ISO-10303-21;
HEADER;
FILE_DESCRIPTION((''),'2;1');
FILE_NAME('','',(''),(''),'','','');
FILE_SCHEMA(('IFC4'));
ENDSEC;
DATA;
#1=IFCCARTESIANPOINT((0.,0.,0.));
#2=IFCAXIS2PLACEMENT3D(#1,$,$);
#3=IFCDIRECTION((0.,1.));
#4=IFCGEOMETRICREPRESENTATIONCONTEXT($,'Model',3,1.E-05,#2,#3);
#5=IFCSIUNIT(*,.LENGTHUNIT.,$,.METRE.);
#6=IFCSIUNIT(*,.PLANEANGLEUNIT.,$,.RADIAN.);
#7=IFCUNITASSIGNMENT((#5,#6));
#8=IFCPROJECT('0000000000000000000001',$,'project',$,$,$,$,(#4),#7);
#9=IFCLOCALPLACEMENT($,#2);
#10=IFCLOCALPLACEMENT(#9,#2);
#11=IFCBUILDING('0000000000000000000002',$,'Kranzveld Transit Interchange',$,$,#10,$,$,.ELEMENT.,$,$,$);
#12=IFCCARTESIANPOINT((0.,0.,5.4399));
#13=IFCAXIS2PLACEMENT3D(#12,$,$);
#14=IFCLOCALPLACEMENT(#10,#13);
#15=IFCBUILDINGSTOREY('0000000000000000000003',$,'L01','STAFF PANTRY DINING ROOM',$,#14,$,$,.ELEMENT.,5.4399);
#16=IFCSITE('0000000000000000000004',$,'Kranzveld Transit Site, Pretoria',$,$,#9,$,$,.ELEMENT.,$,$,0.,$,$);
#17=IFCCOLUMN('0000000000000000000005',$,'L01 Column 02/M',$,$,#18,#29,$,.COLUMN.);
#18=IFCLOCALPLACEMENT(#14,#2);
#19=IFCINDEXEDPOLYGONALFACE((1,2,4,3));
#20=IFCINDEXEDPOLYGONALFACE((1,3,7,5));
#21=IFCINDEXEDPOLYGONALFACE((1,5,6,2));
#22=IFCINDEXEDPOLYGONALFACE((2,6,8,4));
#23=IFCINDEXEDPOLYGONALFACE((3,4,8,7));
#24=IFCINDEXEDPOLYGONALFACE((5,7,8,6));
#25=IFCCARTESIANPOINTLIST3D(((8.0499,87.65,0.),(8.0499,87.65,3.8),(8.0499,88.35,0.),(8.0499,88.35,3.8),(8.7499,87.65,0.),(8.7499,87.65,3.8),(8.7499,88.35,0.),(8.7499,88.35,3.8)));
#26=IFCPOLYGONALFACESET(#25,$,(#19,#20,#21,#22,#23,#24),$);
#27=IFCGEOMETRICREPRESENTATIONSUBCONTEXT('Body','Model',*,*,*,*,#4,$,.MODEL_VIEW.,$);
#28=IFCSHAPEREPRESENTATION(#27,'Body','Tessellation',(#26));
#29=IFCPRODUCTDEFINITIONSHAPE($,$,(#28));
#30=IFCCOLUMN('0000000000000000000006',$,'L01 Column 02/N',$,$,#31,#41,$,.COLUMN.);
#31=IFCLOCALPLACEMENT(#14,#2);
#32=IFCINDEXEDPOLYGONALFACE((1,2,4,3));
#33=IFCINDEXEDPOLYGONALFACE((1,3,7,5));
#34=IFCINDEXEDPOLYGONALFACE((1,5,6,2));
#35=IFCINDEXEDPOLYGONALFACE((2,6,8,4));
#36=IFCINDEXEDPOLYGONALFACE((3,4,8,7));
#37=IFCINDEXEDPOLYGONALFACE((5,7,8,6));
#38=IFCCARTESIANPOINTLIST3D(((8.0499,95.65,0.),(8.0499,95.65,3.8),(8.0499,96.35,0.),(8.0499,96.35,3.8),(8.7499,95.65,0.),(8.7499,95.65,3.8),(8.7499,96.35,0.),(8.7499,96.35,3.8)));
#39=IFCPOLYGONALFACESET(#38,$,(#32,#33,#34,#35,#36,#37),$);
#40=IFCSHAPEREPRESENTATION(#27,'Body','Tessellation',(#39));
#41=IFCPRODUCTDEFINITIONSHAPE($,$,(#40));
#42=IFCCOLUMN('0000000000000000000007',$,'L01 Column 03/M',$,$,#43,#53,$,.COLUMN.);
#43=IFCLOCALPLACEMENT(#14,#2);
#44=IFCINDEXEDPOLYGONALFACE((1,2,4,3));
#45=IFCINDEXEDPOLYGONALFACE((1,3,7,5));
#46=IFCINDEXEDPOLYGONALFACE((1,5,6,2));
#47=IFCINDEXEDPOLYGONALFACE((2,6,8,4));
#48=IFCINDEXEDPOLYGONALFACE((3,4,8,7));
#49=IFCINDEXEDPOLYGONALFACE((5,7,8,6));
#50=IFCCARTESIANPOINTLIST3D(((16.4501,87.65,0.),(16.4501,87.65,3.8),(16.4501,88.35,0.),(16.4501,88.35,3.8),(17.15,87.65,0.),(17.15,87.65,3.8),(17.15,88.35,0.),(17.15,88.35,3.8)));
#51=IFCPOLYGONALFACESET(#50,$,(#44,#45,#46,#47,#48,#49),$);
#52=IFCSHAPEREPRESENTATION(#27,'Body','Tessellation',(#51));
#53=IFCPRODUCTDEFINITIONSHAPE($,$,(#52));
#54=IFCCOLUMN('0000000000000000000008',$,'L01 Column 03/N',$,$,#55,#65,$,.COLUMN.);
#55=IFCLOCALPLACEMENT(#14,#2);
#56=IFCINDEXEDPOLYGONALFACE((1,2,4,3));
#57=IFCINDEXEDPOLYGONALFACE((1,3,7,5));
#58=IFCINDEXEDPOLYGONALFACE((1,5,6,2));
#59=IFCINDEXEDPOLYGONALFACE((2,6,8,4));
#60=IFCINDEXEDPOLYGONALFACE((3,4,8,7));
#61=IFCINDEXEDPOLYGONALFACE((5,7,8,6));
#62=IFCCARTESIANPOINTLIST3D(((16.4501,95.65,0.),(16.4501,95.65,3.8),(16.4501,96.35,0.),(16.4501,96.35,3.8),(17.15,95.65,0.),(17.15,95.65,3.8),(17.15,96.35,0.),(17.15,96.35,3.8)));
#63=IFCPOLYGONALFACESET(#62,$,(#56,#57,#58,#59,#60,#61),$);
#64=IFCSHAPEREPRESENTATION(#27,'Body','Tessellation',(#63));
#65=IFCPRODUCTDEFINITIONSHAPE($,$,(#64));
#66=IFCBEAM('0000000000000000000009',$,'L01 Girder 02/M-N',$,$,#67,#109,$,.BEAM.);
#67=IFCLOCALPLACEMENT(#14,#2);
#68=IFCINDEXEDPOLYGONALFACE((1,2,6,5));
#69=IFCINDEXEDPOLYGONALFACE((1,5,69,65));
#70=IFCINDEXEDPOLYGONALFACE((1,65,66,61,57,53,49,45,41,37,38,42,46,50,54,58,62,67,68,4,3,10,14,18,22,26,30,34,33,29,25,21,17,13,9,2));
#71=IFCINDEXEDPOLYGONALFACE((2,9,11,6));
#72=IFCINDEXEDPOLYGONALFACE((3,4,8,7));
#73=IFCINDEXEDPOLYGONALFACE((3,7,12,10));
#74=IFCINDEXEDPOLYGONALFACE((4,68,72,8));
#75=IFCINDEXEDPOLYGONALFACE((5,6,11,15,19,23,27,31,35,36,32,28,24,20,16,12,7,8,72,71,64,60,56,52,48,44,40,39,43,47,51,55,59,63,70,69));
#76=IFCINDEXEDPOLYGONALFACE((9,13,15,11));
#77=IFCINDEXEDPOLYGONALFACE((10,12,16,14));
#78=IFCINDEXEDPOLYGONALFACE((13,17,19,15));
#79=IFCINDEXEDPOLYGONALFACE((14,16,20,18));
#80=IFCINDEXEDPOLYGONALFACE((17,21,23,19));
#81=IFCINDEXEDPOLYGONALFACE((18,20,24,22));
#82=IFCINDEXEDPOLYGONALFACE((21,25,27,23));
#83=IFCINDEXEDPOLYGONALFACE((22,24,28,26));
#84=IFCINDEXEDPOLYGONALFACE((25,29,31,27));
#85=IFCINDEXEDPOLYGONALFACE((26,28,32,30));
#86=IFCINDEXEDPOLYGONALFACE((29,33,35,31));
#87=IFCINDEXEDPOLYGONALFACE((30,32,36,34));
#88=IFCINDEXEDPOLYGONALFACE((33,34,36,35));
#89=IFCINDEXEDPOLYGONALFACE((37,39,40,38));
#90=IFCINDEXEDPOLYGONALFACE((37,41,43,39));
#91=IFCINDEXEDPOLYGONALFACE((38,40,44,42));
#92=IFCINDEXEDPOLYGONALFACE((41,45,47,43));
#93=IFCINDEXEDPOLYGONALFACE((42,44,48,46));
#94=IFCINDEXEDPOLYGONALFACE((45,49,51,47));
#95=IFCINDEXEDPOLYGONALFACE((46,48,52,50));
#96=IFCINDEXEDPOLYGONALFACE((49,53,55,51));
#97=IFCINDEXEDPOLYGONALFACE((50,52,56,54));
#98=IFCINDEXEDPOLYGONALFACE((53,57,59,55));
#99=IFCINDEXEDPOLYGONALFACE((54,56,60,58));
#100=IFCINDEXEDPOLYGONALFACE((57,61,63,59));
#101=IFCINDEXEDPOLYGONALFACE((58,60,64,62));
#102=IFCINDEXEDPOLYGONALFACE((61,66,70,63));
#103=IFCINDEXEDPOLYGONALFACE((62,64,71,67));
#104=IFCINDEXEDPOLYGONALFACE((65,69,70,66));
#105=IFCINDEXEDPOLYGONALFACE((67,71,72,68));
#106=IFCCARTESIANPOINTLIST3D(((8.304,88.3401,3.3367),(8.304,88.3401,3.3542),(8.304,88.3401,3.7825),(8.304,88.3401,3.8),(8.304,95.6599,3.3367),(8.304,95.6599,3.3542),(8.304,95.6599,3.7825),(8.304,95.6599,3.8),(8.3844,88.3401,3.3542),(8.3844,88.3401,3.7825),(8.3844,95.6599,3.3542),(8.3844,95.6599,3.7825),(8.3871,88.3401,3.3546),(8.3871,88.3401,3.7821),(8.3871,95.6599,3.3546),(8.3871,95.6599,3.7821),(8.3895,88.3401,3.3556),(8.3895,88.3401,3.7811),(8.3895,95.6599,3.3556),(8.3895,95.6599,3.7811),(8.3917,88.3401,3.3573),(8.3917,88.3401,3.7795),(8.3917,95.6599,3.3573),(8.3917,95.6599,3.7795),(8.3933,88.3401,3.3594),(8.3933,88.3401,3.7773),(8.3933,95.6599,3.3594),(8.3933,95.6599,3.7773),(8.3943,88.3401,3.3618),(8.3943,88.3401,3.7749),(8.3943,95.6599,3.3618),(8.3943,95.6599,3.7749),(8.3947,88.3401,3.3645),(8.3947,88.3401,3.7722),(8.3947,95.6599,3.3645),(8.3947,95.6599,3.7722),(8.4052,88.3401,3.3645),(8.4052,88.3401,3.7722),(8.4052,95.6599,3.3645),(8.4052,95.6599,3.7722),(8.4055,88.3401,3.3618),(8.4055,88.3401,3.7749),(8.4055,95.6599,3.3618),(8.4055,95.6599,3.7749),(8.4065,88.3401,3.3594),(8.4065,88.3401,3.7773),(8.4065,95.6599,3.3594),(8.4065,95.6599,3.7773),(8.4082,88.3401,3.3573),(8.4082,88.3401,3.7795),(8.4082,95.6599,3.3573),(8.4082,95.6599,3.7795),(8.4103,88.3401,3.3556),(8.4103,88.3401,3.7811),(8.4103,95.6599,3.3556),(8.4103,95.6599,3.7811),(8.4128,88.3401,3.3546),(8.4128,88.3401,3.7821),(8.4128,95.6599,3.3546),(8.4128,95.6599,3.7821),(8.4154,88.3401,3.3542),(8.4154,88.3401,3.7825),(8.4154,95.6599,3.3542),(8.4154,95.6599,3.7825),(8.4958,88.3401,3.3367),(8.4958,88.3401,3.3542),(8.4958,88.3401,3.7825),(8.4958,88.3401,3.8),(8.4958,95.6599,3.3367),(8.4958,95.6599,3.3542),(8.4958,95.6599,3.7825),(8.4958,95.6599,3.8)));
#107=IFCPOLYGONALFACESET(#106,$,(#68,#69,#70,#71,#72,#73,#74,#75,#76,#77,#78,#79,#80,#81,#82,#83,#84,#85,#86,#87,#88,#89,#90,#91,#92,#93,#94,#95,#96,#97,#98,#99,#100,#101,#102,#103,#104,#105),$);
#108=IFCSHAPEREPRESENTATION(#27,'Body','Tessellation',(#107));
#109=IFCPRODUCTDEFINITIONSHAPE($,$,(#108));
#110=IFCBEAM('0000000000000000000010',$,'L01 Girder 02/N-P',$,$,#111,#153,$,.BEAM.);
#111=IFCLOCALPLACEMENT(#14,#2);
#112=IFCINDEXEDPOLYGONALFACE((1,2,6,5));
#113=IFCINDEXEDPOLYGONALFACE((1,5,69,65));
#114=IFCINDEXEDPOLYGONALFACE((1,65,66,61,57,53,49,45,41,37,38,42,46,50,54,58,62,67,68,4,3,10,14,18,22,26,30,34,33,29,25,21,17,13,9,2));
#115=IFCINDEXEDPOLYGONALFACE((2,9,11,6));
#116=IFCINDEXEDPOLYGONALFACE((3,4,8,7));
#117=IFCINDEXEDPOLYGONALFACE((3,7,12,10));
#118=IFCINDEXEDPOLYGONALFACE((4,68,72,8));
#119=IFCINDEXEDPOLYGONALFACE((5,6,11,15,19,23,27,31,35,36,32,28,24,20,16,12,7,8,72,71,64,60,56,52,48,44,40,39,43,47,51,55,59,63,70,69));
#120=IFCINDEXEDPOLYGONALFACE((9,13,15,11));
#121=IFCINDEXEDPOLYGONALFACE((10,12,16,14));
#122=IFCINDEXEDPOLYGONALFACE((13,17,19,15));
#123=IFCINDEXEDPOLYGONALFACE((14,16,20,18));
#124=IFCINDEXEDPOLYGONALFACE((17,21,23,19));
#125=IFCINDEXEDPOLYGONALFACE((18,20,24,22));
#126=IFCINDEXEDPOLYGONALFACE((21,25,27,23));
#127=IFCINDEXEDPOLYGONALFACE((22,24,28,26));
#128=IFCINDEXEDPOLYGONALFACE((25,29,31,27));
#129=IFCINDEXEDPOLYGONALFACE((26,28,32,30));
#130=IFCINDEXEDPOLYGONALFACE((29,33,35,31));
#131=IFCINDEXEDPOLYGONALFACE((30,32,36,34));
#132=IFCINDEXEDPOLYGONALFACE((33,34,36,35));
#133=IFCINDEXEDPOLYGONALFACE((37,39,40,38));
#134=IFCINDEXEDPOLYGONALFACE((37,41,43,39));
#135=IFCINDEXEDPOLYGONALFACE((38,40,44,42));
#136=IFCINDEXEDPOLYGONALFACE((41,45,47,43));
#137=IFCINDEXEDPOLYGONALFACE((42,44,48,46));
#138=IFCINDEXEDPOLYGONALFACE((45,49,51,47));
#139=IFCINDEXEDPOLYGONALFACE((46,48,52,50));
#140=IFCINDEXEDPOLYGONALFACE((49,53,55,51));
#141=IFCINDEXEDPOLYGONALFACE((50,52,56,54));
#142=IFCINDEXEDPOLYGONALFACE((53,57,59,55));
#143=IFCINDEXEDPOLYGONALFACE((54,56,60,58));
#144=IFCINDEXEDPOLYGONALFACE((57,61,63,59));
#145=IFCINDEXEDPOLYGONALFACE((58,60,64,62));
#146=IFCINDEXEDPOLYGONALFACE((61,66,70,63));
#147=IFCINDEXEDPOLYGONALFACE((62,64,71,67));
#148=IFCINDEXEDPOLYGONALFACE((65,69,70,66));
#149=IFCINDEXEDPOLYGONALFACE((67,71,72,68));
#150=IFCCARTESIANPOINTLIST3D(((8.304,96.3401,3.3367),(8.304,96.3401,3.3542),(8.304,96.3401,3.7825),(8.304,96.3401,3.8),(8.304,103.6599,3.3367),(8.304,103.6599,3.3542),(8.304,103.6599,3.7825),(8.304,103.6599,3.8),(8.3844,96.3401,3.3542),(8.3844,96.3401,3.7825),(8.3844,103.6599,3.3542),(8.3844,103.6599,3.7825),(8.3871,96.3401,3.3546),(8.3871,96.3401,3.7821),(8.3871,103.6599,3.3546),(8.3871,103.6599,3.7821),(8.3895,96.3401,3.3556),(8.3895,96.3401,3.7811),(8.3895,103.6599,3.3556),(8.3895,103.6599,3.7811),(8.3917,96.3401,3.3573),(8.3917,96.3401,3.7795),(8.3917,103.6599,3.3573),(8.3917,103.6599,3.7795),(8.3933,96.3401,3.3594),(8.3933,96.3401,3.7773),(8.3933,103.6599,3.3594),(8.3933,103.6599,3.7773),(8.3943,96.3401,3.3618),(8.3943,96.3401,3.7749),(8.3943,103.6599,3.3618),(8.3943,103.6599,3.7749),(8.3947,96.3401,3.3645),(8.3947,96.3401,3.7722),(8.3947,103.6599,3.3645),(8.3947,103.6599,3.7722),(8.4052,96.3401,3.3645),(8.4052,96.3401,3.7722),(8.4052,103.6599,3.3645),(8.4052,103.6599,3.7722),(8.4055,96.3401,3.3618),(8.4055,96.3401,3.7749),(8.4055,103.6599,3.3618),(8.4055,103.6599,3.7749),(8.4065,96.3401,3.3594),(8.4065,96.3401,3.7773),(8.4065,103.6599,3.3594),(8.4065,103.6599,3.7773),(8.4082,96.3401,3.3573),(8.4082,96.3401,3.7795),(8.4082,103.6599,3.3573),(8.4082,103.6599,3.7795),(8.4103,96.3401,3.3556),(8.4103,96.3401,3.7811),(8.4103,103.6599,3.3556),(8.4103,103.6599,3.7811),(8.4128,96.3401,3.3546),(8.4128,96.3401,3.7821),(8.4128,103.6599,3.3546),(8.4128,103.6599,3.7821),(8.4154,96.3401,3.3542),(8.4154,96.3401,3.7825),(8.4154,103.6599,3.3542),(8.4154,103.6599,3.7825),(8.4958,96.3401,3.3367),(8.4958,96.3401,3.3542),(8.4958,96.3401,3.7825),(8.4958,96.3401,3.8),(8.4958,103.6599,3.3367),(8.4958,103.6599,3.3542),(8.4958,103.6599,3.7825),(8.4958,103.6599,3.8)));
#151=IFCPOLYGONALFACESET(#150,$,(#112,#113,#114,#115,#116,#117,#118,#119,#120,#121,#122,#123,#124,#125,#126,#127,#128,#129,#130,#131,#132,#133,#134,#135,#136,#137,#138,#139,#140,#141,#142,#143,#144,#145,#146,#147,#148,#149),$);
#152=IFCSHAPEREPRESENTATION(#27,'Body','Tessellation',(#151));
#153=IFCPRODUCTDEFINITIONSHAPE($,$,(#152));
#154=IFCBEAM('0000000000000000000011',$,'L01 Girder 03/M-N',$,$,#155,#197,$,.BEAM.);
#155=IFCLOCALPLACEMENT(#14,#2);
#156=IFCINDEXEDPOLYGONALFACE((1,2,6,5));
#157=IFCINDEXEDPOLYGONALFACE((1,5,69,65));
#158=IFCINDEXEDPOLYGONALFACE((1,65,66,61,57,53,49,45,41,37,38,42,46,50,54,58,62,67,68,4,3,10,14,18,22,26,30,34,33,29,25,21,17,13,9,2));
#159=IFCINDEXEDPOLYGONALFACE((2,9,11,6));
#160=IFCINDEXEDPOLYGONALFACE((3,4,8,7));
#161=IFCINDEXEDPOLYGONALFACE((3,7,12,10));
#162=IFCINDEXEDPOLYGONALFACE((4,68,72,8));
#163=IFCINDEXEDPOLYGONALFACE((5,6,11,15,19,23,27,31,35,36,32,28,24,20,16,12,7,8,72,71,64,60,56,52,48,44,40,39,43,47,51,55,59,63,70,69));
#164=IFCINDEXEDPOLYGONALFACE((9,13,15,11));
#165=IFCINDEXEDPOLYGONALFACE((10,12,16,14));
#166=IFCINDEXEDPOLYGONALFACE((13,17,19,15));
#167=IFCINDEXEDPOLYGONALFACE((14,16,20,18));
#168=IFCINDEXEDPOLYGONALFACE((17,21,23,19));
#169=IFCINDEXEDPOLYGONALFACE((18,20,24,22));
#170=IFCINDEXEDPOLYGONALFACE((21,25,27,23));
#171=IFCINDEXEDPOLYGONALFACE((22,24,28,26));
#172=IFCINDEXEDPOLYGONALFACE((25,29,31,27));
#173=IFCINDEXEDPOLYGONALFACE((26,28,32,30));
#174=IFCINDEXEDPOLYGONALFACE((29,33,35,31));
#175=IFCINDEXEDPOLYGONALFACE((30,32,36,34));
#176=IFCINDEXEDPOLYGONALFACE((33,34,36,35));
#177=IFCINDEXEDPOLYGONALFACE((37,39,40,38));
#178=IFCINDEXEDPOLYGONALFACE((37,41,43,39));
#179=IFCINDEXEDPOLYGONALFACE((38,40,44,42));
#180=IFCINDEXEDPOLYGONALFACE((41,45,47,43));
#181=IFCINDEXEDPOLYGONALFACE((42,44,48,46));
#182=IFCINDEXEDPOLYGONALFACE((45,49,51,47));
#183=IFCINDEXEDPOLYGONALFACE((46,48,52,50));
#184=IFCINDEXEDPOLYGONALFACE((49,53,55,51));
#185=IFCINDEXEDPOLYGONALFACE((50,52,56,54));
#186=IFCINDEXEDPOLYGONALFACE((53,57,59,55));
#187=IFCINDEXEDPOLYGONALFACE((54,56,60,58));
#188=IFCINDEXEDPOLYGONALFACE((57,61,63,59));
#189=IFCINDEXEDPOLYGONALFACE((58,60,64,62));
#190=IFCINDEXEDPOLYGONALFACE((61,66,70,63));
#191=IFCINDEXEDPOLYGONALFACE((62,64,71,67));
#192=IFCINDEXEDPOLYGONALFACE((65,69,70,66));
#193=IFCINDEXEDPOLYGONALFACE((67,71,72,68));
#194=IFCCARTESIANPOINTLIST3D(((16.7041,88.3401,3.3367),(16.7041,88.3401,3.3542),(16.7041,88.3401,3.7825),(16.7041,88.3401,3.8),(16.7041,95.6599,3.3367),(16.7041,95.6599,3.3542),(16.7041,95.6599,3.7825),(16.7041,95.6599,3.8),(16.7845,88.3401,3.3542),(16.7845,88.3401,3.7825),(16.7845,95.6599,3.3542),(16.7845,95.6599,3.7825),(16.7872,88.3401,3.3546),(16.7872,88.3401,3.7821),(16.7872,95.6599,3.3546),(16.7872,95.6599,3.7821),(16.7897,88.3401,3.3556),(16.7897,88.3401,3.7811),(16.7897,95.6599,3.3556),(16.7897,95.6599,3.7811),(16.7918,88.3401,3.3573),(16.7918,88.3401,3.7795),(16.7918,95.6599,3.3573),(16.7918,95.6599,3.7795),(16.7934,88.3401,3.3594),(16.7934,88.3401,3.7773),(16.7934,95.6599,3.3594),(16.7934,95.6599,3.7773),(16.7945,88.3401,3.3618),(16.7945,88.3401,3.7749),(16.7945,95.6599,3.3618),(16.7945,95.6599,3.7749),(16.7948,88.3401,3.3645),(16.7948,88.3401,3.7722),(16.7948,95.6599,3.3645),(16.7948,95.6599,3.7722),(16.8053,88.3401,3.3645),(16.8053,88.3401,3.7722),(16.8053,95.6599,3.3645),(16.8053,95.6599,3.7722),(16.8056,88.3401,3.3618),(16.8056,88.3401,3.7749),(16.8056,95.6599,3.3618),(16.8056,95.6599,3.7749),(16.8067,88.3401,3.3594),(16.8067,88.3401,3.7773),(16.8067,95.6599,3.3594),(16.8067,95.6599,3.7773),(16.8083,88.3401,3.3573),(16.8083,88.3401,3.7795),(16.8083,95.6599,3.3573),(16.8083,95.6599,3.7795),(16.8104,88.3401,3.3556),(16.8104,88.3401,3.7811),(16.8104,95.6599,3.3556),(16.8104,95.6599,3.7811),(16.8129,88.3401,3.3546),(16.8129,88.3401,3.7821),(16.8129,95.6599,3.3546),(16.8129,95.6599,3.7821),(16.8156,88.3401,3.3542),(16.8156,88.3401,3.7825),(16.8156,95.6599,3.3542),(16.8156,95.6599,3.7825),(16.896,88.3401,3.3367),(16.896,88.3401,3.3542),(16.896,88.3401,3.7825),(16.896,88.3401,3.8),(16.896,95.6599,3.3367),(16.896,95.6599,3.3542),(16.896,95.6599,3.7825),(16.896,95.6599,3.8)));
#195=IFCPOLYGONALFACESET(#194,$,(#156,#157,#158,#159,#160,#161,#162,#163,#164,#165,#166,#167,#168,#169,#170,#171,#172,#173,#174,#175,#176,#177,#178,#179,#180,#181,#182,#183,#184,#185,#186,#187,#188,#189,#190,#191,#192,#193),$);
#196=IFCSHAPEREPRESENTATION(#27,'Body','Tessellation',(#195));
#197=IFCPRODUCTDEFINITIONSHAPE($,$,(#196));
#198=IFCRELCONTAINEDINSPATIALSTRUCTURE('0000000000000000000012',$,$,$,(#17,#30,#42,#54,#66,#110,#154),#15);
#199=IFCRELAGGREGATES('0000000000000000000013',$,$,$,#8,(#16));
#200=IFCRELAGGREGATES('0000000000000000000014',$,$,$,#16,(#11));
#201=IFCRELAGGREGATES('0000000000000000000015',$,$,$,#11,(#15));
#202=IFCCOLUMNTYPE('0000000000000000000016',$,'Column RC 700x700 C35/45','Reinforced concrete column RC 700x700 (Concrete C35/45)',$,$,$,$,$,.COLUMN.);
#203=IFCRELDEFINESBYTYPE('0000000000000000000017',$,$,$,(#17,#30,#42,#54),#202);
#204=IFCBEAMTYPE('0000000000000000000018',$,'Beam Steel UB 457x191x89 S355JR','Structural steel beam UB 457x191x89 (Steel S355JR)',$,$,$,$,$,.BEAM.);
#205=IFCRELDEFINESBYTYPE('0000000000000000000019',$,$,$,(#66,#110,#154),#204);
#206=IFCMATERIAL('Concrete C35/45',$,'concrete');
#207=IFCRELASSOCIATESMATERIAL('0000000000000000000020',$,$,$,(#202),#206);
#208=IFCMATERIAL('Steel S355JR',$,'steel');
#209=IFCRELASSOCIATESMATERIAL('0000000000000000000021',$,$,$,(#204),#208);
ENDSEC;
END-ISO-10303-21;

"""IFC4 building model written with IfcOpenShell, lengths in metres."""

from ifc_helpers import new_model, si_unit, direction, frame, origin, origin_2d, place, context, subcontext, project, spatial, rectangle, i_section, extrude, material, material_profile, profile_set, type_object, element, save


model = new_model("IFC4")

# Units and contexts
model_context = context("Model", 3, precision=1e-05, world=origin(), true_north=direction((0.0, 1.0)))
body_context = subcontext(model_context, "Body", "Model", "MODEL_VIEW")
ifc_project = project(units=[si_unit("LENGTHUNIT", "METRE"), si_unit("PLANEANGLEUNIT", "RADIAN")], contexts=[model_context])

# Site, building, storey
site_placement = place(None, origin())
site = spatial("IfcSite", under=ifc_project, at=site_placement, Name="Kranzveld Transit Site, Pretoria", CompositionType="ELEMENT", RefElevation=0.0)
building_placement = place(site_placement, origin())
building = spatial("IfcBuilding", under=site, at=building_placement, Name="Kranzveld Transit Interchange", CompositionType="ELEMENT")
storey_placement = place(building_placement, frame((0.0, 0.0, 5.4399)))
storey = spatial("IfcBuildingStorey", under=building, at=storey_placement, Name="L01", Description="STAFF PANTRY DINING ROOM", CompositionType="ELEMENT", Elevation=5.4399)

# Columns
ifc_material_1 = material(Name="Concrete C35/45", Category="concrete")
ifc_material_profile_1 = material_profile(ifc_material_1, rectangle(XDim=0.7, YDim=0.7, at=origin_2d()), Name="RC 700x700")
ifc_profile_set_1 = profile_set([ifc_material_profile_1], Name="Concrete C35/45")
column_type = type_object("IfcColumnType", Name="Column RC 700x700 C35/45", Description="Reinforced concrete column RC 700x700 (Concrete C35/45)", PredefinedType="COLUMN", material=ifc_profile_set_1)
for number, where, z_axis, x_axis, name in (
    (1, (8.3999, 88.0, 0.0), (0.0, 0.0, 1.0), (1.0, 0.0, 0.0), "L01 Column 02/M"),
    (2, (8.3999, 96.0, 0.0), (0.0, 0.0, 1.0), (1.0, 0.0, 0.0), "L01 Column 02/N"),
    (3, (16.8, 88.0, 0.0), (0.0, 0.0, 1.0), (1.0, 0.0, 0.0), "L01 Column 03/M"),
    (4, (16.8, 96.0, 0.0), (0.0, 0.0, 1.0), (1.0, 0.0, 0.0), "L01 Column 03/N"),
):
    element("IfcColumn", number, at=place(storey_placement, frame(where, z_axis=z_axis, x_axis=x_axis)), inside=storey, type_object=column_type, Name=name, PredefinedType="COLUMN", context=body_context, shape_type="SweptSolid", body=[
        extrude(rectangle(XDim=0.7, YDim=0.7, at=origin_2d()), origin(), (0.0, 0.0, 1.0), 3.8),
    ])

# Beams
ifc_material_2 = material(Name="Steel S355JR", Category="steel")
ifc_material_profile_2 = material_profile(ifc_material_2, i_section(OverallWidth=0.1919, OverallDepth=0.4634, WebThickness=0.0105, FlangeThickness=0.0176, FilletRadius=0.0103, at=origin_2d()), Name="UB 457x191x89")
ifc_profile_set_2 = profile_set([ifc_material_profile_2], Name="Steel S355JR")
beam_type_1 = type_object("IfcBeamType", Name="Beam Steel UB 457x191x89 S355JR", Description="Structural steel beam UB 457x191x89 (Steel S355JR)", PredefinedType="BEAM", material=ifc_profile_set_2)
for number, where, z_axis, x_axis, name in (
    (5, (8.3999, 88.3401, 3.5684), (0.0, 1.0, 0.0), (-1.0, 0.0, 0.0), "L01 Girder 02/M-N"),
    (6, (8.3999, 96.3401, 3.5684), (0.0, 1.0, 0.0), (-1.0, 0.0, 0.0), "L01 Girder 02/N-P"),
    (7, (16.8, 88.3401, 3.5684), (0.0, 1.0, 0.0), (-1.0, 0.0, 0.0), "L01 Girder 03/M-N"),
):
    element("IfcBeam", number, at=place(storey_placement, frame(where, z_axis=z_axis, x_axis=x_axis)), inside=storey, type_object=beam_type_1, Name=name, PredefinedType="BEAM", context=body_context, shape_type="SweptSolid", body=[
        extrude(i_section(OverallWidth=0.1919, OverallDepth=0.4634, WebThickness=0.0105, FlangeThickness=0.0176, FilletRadius=0.0103, at=origin_2d()), origin(), (0.0, 0.0, 1.0), 7.3198),
    ])

save(model, "model.ifc")
